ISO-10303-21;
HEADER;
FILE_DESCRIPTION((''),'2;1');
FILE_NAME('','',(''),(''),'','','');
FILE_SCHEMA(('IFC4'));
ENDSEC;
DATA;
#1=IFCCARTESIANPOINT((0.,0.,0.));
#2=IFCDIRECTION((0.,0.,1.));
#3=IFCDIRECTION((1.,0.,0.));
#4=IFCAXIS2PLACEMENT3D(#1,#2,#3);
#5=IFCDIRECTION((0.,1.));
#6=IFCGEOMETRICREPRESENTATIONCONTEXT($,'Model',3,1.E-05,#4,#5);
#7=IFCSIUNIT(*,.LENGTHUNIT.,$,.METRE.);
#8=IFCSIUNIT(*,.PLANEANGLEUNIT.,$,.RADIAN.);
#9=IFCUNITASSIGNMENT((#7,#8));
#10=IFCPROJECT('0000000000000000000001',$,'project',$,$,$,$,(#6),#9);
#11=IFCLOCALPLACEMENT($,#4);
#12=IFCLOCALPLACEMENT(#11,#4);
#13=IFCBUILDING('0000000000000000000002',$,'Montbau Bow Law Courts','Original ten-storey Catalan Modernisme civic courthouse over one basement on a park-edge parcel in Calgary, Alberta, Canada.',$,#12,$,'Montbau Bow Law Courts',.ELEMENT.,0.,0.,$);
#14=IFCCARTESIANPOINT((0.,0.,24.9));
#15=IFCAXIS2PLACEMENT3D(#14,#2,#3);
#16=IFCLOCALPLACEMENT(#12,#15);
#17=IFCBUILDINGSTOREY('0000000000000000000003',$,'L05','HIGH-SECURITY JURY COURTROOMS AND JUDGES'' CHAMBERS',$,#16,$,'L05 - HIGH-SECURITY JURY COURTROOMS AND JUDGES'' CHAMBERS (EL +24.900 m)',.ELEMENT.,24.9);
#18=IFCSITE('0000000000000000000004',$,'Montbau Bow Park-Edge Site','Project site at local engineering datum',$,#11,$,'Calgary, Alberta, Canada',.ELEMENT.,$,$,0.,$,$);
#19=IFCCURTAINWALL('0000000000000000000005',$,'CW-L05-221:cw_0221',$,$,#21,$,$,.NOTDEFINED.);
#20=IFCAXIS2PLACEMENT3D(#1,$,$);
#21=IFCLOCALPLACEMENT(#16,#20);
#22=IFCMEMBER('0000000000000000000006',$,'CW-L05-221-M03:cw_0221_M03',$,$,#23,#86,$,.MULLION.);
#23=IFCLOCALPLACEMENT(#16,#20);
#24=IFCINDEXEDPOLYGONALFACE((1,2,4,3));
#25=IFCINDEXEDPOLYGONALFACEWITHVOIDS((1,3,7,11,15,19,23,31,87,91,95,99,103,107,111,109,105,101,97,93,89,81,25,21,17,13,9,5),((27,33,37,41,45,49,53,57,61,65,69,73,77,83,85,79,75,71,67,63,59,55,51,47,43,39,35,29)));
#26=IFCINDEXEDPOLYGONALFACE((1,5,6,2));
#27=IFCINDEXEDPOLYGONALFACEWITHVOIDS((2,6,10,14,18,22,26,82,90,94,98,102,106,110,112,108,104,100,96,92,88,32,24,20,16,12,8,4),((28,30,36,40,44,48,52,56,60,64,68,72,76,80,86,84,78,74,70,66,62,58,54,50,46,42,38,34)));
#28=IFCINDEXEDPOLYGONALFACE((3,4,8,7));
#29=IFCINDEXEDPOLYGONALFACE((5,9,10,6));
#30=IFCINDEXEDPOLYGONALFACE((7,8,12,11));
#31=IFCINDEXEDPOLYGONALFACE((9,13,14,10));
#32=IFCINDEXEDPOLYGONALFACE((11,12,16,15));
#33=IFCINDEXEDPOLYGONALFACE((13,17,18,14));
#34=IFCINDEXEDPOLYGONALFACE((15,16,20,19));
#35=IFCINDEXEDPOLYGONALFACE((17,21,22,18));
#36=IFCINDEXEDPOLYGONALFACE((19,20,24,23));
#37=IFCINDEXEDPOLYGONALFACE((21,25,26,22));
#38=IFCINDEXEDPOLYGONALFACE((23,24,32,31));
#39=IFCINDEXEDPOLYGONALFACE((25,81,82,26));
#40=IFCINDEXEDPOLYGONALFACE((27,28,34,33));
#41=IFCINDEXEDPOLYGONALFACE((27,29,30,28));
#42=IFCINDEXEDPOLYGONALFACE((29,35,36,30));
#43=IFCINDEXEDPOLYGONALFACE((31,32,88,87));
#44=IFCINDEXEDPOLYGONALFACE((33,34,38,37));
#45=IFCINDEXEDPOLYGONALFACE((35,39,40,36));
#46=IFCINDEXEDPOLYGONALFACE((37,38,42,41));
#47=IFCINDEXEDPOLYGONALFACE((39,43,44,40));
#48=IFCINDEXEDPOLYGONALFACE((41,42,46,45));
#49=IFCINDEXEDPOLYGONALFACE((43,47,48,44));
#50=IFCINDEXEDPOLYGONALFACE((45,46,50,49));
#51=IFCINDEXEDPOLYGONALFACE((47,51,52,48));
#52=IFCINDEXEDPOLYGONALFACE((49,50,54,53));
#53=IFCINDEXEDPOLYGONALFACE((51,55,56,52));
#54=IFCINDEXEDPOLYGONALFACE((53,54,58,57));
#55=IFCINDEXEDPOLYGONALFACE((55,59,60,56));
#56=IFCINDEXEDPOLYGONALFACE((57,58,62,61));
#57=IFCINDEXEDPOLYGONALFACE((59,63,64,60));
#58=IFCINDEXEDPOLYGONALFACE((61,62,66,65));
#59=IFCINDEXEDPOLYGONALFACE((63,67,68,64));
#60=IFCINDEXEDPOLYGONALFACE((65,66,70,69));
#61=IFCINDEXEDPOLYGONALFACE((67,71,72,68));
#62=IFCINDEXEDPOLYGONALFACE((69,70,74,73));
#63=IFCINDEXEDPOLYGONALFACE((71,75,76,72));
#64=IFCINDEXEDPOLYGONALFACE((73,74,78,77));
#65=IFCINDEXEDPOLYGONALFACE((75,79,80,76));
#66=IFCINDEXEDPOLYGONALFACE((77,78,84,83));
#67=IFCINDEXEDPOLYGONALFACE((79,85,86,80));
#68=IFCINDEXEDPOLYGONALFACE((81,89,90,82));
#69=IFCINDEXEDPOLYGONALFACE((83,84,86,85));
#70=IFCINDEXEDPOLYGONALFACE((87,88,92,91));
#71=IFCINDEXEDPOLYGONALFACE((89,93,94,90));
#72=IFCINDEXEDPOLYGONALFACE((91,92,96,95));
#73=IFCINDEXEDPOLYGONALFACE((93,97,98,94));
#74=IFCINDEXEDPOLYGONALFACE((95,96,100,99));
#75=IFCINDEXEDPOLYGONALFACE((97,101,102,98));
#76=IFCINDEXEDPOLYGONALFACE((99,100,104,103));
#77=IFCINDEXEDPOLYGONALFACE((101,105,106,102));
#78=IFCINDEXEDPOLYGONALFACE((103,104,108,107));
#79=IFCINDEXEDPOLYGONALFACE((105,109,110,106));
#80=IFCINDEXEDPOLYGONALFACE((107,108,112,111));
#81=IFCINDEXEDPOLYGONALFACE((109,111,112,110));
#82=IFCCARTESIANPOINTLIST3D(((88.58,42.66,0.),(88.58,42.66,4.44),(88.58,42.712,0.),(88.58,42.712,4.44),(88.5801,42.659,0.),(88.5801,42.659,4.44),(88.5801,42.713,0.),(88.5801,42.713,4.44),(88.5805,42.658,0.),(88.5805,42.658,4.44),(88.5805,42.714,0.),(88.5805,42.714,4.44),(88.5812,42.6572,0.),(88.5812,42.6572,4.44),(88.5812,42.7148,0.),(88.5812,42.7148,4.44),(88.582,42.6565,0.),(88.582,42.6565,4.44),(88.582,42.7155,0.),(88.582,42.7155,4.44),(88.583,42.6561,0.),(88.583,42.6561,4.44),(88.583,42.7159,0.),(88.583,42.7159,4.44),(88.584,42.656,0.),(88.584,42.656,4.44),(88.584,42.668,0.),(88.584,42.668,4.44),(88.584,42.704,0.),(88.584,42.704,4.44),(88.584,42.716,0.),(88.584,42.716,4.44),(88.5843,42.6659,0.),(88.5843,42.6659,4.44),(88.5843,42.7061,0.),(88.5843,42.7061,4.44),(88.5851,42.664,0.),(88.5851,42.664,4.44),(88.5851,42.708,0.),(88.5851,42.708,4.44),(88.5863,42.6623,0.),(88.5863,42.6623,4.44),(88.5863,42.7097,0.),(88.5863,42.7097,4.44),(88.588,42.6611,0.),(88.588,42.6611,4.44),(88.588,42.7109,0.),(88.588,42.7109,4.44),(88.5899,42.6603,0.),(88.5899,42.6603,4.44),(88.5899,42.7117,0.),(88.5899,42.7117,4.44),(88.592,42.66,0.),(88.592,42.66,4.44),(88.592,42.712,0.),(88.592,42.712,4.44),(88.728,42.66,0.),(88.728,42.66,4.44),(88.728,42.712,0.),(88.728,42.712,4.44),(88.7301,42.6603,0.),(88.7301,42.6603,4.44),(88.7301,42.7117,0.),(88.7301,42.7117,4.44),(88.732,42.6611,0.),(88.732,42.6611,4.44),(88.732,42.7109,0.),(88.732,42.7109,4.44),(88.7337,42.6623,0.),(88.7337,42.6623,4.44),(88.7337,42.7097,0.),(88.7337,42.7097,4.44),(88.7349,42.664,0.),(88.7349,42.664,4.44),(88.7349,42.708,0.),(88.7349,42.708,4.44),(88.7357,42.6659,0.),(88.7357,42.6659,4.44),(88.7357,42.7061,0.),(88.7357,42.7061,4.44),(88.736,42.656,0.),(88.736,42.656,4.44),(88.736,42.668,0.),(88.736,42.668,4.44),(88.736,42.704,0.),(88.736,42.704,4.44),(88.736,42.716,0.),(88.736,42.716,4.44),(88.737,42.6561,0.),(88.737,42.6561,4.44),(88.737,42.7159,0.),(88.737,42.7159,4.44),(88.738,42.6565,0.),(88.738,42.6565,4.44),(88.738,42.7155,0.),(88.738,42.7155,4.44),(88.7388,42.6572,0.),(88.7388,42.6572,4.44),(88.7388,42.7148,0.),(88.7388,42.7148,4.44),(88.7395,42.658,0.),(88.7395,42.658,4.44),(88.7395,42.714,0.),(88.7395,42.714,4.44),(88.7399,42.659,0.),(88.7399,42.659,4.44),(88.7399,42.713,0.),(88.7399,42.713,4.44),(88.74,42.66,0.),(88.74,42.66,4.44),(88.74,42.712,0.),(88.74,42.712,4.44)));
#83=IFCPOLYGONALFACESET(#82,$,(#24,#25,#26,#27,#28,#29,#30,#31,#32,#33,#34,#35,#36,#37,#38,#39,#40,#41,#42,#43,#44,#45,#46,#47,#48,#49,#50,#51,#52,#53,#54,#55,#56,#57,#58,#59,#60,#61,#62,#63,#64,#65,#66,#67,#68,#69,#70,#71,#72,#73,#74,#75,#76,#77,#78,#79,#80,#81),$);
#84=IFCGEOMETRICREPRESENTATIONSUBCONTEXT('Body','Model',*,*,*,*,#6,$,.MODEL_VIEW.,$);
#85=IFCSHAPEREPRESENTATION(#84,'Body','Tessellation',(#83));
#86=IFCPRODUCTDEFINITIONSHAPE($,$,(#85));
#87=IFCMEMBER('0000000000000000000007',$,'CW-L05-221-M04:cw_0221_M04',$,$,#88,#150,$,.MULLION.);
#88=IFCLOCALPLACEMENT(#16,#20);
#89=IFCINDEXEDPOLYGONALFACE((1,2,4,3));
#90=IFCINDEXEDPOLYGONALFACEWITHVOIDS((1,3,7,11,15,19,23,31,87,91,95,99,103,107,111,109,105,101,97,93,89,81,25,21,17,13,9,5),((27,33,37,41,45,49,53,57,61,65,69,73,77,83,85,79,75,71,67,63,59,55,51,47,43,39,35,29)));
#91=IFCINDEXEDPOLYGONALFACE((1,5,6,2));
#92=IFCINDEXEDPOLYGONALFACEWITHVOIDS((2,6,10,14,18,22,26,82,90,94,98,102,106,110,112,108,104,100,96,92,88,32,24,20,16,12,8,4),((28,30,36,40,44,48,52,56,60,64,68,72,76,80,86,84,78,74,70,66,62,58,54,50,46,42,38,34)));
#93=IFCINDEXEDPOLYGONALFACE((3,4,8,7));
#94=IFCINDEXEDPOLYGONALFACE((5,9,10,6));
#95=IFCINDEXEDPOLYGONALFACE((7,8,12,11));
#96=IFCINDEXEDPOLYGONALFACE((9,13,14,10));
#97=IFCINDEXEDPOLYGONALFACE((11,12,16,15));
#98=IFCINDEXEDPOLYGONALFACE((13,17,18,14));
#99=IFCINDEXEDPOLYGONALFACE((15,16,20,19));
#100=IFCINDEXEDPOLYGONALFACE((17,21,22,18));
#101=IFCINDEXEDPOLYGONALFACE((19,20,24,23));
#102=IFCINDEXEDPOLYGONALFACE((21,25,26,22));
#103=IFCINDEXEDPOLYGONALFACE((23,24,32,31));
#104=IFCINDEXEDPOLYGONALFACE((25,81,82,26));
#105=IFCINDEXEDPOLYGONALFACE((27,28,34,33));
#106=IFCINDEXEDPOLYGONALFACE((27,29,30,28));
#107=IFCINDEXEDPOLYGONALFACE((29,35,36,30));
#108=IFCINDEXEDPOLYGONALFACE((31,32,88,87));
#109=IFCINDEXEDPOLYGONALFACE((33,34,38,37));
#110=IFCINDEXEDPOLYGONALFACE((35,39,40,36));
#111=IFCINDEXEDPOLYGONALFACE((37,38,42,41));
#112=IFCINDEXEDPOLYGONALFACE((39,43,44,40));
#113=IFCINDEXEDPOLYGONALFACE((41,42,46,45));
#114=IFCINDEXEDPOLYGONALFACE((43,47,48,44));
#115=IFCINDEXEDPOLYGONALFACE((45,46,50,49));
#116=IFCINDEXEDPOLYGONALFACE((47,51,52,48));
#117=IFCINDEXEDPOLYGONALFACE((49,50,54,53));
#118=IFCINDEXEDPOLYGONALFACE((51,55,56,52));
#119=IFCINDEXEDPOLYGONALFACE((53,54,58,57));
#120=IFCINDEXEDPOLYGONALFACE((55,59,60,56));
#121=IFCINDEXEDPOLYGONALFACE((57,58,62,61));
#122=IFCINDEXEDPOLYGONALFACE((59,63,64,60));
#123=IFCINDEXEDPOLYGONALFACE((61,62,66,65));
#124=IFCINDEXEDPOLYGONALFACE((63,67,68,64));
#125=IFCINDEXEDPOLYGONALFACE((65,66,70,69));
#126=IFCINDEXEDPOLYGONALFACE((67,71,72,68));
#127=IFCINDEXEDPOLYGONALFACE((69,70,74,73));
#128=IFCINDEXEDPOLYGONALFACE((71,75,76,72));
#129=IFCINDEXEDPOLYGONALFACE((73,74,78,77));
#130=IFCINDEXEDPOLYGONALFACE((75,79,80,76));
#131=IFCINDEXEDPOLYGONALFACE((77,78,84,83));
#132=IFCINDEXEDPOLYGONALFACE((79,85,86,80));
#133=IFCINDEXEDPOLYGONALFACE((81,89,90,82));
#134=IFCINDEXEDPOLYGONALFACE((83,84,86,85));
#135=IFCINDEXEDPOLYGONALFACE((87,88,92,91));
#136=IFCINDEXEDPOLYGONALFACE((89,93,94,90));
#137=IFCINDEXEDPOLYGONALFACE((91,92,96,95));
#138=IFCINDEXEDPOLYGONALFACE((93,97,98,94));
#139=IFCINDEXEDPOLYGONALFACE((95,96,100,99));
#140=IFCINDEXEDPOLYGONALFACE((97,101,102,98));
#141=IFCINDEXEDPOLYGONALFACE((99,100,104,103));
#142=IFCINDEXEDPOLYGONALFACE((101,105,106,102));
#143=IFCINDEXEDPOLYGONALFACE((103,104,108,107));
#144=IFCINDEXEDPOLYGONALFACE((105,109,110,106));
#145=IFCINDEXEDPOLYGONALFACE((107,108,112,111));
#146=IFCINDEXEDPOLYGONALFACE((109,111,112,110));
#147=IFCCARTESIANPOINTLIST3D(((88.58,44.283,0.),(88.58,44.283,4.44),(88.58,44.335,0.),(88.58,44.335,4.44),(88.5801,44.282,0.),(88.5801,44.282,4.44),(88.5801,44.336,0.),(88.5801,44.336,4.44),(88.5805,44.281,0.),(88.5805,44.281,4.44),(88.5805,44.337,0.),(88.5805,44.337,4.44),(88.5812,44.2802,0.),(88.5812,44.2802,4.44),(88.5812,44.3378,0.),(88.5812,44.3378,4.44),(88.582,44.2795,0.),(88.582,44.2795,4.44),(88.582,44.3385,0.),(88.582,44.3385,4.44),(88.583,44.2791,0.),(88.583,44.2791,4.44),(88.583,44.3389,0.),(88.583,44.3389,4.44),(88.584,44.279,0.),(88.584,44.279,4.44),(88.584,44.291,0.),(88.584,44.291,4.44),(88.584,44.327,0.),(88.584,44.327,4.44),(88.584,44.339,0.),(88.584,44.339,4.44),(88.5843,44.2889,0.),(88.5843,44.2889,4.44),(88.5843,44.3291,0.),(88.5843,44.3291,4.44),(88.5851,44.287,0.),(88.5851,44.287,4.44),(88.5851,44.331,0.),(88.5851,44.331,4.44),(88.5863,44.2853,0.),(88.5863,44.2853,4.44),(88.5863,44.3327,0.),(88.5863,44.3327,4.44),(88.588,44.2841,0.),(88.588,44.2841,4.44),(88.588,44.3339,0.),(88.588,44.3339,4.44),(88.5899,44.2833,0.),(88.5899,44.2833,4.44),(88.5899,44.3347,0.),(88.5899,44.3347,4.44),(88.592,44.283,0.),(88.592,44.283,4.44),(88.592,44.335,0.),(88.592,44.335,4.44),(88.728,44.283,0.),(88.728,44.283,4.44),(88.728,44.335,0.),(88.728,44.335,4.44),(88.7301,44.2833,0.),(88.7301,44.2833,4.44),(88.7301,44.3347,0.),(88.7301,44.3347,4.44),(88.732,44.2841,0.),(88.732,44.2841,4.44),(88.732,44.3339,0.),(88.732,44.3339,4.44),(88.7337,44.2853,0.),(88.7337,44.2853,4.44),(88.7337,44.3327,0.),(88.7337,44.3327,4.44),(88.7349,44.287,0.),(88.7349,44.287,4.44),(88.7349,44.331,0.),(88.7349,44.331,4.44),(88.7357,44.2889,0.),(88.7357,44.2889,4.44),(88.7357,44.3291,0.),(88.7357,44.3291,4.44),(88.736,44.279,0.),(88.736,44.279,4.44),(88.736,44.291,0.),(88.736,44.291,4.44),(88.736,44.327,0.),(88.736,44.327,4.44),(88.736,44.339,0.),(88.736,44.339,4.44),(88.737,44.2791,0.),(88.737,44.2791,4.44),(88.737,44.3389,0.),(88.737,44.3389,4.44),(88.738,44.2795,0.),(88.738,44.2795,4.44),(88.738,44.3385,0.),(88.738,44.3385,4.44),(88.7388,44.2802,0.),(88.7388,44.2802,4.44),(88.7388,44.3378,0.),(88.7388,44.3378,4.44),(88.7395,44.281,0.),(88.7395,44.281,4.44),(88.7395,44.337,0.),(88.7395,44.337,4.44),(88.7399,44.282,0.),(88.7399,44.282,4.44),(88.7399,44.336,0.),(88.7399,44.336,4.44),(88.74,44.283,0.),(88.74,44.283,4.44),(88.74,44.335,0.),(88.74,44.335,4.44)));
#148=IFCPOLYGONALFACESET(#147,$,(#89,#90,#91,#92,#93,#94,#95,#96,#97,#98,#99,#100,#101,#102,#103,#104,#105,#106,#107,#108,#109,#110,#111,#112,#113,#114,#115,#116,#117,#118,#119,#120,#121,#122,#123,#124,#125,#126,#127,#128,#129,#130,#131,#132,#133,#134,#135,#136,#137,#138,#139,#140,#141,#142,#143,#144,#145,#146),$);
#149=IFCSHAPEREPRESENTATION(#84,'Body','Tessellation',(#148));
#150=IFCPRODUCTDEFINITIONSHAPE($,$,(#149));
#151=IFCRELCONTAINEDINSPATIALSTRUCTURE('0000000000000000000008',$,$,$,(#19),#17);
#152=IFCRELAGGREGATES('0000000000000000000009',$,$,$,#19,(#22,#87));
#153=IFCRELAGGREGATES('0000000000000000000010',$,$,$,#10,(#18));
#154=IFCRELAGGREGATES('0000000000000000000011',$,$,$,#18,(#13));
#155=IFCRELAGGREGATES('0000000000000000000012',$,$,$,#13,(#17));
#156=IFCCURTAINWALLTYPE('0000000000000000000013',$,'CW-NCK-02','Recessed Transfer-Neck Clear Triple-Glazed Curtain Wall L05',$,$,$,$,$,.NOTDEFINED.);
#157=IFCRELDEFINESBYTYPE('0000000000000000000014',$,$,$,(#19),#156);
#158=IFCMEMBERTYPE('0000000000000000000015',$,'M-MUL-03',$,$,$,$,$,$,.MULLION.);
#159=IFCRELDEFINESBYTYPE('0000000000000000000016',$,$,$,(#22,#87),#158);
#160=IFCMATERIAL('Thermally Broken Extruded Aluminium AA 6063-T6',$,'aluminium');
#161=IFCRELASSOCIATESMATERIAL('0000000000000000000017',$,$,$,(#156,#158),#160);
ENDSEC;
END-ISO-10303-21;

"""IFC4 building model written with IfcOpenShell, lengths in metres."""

from ifc_helpers import new_model, si_unit, direction, frame, origin_with_axes, origin_2d_with_axis, place, context, subcontext, project, spatial, hollow_rectangle, extrude, material, material_profile, profile_set, type_object, element, aggregate, save


model = new_model("IFC4")

# Units and contexts
model_context = context("Model", 3, precision=1e-05, world=origin_with_axes(), true_north=direction((0.0, 1.0)))
body_context = subcontext(model_context, "Body", "Model", "MODEL_VIEW")
ifc_project = project(units=[si_unit("LENGTHUNIT", "METRE"), si_unit("PLANEANGLEUNIT", "RADIAN")], contexts=[model_context])

# Site, building, storey
site_placement = place(None, origin_with_axes())
site = spatial("IfcSite", under=ifc_project, at=site_placement, Name="Montbau Bow Park-Edge Site", Description="Project site at local engineering datum", LongName="Calgary, Alberta, Canada", CompositionType="ELEMENT", RefElevation=0.0)
building_placement = place(site_placement, origin_with_axes())
building = spatial("IfcBuilding", under=site, at=building_placement, Name="Montbau Bow Law Courts", Description="Original ten-storey Catalan Modernisme civic courthouse over one basement on a park-edge parcel in Calgary, Alberta, Canada.", LongName="Montbau Bow Law Courts", CompositionType="ELEMENT", ElevationOfRefHeight=0.0, ElevationOfTerrain=0.0)
storey_placement = place(building_placement, frame((0.0, 0.0, 24.9), z_axis=(0.0, 0.0, 1.0), x_axis=(1.0, 0.0, 0.0)))
storey = spatial("IfcBuildingStorey", under=building, at=storey_placement, Name="L05", Description="HIGH-SECURITY JURY COURTROOMS AND JUDGES' CHAMBERS", LongName="L05 - HIGH-SECURITY JURY COURTROOMS AND JUDGES' CHAMBERS (EL +24.900 m)", CompositionType="ELEMENT", Elevation=24.9)

# Curtain wall, members
ifc_material_1 = material(Name="Thermally Broken Extruded Aluminium AA 6063-T6", Category="aluminium")
curtain_wall_type = type_object("IfcCurtainWallType", Name="CW-NCK-02", Description="Recessed Transfer-Neck Clear Triple-Glazed Curtain Wall L05", PredefinedType="NOTDEFINED", material=ifc_material_1)
curtain_wall_placement = place(None, frame((88.66, 39.44, 24.9), z_axis=(0.0, 0.0, 1.0), x_axis=(1.0, 0.0, 0.0)))
curtain_wall = element("IfcCurtainWall", 1, at=curtain_wall_placement, inside=storey, type_object=curtain_wall_type, Name="CW-L05-221:cw_0221", PredefinedType="NOTDEFINED")
ifc_material_profile_1 = material_profile(ifc_material_1, hollow_rectangle(XDim=0.06, YDim=0.16, WallThickness=0.004, InnerFilletRadius=0.008, OuterFilletRadius=0.004, at=origin_2d_with_axis()), Name="CWM-160X60", Category="Main", Priority=0)
ifc_profile_set_1 = profile_set([ifc_material_profile_1], Name="Thermally Broken Extruded Aluminium AA 6063-T6")
member_type_1 = type_object("IfcMemberType", Name="M-MUL-03", PredefinedType="MULLION", material=ifc_profile_set_1)
member_1_placement = place(None, frame((88.66, 42.686, 24.9), z_axis=(0.0, 0.0, 1.0), x_axis=(0.0, 1.0, 0.0)))
member_1 = element("IfcMember", 2, at=member_1_placement, type_object=member_type_1, Name="CW-L05-221-M03:cw_0221_M03", PredefinedType="MULLION", context=body_context, shape_type="SweptSolid", body=[
    extrude(hollow_rectangle(XDim=0.06, YDim=0.16, WallThickness=0.004, InnerFilletRadius=0.008, OuterFilletRadius=0.004, at=origin_2d_with_axis()), origin_with_axes(), (0.0, 0.0, 1.0), 4.44),
])
member_2_placement = place(None, frame((88.66, 44.309, 24.9), z_axis=(0.0, 0.0, 1.0), x_axis=(0.0, 1.0, 0.0)))
member_2 = element("IfcMember", 3, at=member_2_placement, type_object=member_type_1, Name="CW-L05-221-M04:cw_0221_M04", PredefinedType="MULLION", context=body_context, shape_type="SweptSolid", body=[
    extrude(hollow_rectangle(XDim=0.06, YDim=0.16, WallThickness=0.004, InnerFilletRadius=0.008, OuterFilletRadius=0.004, at=origin_2d_with_axis()), origin_with_axes(), (0.0, 0.0, 1.0), 4.44),
])
aggregate(curtain_wall, [member_1, member_2])

save(model, "model.ifc")
